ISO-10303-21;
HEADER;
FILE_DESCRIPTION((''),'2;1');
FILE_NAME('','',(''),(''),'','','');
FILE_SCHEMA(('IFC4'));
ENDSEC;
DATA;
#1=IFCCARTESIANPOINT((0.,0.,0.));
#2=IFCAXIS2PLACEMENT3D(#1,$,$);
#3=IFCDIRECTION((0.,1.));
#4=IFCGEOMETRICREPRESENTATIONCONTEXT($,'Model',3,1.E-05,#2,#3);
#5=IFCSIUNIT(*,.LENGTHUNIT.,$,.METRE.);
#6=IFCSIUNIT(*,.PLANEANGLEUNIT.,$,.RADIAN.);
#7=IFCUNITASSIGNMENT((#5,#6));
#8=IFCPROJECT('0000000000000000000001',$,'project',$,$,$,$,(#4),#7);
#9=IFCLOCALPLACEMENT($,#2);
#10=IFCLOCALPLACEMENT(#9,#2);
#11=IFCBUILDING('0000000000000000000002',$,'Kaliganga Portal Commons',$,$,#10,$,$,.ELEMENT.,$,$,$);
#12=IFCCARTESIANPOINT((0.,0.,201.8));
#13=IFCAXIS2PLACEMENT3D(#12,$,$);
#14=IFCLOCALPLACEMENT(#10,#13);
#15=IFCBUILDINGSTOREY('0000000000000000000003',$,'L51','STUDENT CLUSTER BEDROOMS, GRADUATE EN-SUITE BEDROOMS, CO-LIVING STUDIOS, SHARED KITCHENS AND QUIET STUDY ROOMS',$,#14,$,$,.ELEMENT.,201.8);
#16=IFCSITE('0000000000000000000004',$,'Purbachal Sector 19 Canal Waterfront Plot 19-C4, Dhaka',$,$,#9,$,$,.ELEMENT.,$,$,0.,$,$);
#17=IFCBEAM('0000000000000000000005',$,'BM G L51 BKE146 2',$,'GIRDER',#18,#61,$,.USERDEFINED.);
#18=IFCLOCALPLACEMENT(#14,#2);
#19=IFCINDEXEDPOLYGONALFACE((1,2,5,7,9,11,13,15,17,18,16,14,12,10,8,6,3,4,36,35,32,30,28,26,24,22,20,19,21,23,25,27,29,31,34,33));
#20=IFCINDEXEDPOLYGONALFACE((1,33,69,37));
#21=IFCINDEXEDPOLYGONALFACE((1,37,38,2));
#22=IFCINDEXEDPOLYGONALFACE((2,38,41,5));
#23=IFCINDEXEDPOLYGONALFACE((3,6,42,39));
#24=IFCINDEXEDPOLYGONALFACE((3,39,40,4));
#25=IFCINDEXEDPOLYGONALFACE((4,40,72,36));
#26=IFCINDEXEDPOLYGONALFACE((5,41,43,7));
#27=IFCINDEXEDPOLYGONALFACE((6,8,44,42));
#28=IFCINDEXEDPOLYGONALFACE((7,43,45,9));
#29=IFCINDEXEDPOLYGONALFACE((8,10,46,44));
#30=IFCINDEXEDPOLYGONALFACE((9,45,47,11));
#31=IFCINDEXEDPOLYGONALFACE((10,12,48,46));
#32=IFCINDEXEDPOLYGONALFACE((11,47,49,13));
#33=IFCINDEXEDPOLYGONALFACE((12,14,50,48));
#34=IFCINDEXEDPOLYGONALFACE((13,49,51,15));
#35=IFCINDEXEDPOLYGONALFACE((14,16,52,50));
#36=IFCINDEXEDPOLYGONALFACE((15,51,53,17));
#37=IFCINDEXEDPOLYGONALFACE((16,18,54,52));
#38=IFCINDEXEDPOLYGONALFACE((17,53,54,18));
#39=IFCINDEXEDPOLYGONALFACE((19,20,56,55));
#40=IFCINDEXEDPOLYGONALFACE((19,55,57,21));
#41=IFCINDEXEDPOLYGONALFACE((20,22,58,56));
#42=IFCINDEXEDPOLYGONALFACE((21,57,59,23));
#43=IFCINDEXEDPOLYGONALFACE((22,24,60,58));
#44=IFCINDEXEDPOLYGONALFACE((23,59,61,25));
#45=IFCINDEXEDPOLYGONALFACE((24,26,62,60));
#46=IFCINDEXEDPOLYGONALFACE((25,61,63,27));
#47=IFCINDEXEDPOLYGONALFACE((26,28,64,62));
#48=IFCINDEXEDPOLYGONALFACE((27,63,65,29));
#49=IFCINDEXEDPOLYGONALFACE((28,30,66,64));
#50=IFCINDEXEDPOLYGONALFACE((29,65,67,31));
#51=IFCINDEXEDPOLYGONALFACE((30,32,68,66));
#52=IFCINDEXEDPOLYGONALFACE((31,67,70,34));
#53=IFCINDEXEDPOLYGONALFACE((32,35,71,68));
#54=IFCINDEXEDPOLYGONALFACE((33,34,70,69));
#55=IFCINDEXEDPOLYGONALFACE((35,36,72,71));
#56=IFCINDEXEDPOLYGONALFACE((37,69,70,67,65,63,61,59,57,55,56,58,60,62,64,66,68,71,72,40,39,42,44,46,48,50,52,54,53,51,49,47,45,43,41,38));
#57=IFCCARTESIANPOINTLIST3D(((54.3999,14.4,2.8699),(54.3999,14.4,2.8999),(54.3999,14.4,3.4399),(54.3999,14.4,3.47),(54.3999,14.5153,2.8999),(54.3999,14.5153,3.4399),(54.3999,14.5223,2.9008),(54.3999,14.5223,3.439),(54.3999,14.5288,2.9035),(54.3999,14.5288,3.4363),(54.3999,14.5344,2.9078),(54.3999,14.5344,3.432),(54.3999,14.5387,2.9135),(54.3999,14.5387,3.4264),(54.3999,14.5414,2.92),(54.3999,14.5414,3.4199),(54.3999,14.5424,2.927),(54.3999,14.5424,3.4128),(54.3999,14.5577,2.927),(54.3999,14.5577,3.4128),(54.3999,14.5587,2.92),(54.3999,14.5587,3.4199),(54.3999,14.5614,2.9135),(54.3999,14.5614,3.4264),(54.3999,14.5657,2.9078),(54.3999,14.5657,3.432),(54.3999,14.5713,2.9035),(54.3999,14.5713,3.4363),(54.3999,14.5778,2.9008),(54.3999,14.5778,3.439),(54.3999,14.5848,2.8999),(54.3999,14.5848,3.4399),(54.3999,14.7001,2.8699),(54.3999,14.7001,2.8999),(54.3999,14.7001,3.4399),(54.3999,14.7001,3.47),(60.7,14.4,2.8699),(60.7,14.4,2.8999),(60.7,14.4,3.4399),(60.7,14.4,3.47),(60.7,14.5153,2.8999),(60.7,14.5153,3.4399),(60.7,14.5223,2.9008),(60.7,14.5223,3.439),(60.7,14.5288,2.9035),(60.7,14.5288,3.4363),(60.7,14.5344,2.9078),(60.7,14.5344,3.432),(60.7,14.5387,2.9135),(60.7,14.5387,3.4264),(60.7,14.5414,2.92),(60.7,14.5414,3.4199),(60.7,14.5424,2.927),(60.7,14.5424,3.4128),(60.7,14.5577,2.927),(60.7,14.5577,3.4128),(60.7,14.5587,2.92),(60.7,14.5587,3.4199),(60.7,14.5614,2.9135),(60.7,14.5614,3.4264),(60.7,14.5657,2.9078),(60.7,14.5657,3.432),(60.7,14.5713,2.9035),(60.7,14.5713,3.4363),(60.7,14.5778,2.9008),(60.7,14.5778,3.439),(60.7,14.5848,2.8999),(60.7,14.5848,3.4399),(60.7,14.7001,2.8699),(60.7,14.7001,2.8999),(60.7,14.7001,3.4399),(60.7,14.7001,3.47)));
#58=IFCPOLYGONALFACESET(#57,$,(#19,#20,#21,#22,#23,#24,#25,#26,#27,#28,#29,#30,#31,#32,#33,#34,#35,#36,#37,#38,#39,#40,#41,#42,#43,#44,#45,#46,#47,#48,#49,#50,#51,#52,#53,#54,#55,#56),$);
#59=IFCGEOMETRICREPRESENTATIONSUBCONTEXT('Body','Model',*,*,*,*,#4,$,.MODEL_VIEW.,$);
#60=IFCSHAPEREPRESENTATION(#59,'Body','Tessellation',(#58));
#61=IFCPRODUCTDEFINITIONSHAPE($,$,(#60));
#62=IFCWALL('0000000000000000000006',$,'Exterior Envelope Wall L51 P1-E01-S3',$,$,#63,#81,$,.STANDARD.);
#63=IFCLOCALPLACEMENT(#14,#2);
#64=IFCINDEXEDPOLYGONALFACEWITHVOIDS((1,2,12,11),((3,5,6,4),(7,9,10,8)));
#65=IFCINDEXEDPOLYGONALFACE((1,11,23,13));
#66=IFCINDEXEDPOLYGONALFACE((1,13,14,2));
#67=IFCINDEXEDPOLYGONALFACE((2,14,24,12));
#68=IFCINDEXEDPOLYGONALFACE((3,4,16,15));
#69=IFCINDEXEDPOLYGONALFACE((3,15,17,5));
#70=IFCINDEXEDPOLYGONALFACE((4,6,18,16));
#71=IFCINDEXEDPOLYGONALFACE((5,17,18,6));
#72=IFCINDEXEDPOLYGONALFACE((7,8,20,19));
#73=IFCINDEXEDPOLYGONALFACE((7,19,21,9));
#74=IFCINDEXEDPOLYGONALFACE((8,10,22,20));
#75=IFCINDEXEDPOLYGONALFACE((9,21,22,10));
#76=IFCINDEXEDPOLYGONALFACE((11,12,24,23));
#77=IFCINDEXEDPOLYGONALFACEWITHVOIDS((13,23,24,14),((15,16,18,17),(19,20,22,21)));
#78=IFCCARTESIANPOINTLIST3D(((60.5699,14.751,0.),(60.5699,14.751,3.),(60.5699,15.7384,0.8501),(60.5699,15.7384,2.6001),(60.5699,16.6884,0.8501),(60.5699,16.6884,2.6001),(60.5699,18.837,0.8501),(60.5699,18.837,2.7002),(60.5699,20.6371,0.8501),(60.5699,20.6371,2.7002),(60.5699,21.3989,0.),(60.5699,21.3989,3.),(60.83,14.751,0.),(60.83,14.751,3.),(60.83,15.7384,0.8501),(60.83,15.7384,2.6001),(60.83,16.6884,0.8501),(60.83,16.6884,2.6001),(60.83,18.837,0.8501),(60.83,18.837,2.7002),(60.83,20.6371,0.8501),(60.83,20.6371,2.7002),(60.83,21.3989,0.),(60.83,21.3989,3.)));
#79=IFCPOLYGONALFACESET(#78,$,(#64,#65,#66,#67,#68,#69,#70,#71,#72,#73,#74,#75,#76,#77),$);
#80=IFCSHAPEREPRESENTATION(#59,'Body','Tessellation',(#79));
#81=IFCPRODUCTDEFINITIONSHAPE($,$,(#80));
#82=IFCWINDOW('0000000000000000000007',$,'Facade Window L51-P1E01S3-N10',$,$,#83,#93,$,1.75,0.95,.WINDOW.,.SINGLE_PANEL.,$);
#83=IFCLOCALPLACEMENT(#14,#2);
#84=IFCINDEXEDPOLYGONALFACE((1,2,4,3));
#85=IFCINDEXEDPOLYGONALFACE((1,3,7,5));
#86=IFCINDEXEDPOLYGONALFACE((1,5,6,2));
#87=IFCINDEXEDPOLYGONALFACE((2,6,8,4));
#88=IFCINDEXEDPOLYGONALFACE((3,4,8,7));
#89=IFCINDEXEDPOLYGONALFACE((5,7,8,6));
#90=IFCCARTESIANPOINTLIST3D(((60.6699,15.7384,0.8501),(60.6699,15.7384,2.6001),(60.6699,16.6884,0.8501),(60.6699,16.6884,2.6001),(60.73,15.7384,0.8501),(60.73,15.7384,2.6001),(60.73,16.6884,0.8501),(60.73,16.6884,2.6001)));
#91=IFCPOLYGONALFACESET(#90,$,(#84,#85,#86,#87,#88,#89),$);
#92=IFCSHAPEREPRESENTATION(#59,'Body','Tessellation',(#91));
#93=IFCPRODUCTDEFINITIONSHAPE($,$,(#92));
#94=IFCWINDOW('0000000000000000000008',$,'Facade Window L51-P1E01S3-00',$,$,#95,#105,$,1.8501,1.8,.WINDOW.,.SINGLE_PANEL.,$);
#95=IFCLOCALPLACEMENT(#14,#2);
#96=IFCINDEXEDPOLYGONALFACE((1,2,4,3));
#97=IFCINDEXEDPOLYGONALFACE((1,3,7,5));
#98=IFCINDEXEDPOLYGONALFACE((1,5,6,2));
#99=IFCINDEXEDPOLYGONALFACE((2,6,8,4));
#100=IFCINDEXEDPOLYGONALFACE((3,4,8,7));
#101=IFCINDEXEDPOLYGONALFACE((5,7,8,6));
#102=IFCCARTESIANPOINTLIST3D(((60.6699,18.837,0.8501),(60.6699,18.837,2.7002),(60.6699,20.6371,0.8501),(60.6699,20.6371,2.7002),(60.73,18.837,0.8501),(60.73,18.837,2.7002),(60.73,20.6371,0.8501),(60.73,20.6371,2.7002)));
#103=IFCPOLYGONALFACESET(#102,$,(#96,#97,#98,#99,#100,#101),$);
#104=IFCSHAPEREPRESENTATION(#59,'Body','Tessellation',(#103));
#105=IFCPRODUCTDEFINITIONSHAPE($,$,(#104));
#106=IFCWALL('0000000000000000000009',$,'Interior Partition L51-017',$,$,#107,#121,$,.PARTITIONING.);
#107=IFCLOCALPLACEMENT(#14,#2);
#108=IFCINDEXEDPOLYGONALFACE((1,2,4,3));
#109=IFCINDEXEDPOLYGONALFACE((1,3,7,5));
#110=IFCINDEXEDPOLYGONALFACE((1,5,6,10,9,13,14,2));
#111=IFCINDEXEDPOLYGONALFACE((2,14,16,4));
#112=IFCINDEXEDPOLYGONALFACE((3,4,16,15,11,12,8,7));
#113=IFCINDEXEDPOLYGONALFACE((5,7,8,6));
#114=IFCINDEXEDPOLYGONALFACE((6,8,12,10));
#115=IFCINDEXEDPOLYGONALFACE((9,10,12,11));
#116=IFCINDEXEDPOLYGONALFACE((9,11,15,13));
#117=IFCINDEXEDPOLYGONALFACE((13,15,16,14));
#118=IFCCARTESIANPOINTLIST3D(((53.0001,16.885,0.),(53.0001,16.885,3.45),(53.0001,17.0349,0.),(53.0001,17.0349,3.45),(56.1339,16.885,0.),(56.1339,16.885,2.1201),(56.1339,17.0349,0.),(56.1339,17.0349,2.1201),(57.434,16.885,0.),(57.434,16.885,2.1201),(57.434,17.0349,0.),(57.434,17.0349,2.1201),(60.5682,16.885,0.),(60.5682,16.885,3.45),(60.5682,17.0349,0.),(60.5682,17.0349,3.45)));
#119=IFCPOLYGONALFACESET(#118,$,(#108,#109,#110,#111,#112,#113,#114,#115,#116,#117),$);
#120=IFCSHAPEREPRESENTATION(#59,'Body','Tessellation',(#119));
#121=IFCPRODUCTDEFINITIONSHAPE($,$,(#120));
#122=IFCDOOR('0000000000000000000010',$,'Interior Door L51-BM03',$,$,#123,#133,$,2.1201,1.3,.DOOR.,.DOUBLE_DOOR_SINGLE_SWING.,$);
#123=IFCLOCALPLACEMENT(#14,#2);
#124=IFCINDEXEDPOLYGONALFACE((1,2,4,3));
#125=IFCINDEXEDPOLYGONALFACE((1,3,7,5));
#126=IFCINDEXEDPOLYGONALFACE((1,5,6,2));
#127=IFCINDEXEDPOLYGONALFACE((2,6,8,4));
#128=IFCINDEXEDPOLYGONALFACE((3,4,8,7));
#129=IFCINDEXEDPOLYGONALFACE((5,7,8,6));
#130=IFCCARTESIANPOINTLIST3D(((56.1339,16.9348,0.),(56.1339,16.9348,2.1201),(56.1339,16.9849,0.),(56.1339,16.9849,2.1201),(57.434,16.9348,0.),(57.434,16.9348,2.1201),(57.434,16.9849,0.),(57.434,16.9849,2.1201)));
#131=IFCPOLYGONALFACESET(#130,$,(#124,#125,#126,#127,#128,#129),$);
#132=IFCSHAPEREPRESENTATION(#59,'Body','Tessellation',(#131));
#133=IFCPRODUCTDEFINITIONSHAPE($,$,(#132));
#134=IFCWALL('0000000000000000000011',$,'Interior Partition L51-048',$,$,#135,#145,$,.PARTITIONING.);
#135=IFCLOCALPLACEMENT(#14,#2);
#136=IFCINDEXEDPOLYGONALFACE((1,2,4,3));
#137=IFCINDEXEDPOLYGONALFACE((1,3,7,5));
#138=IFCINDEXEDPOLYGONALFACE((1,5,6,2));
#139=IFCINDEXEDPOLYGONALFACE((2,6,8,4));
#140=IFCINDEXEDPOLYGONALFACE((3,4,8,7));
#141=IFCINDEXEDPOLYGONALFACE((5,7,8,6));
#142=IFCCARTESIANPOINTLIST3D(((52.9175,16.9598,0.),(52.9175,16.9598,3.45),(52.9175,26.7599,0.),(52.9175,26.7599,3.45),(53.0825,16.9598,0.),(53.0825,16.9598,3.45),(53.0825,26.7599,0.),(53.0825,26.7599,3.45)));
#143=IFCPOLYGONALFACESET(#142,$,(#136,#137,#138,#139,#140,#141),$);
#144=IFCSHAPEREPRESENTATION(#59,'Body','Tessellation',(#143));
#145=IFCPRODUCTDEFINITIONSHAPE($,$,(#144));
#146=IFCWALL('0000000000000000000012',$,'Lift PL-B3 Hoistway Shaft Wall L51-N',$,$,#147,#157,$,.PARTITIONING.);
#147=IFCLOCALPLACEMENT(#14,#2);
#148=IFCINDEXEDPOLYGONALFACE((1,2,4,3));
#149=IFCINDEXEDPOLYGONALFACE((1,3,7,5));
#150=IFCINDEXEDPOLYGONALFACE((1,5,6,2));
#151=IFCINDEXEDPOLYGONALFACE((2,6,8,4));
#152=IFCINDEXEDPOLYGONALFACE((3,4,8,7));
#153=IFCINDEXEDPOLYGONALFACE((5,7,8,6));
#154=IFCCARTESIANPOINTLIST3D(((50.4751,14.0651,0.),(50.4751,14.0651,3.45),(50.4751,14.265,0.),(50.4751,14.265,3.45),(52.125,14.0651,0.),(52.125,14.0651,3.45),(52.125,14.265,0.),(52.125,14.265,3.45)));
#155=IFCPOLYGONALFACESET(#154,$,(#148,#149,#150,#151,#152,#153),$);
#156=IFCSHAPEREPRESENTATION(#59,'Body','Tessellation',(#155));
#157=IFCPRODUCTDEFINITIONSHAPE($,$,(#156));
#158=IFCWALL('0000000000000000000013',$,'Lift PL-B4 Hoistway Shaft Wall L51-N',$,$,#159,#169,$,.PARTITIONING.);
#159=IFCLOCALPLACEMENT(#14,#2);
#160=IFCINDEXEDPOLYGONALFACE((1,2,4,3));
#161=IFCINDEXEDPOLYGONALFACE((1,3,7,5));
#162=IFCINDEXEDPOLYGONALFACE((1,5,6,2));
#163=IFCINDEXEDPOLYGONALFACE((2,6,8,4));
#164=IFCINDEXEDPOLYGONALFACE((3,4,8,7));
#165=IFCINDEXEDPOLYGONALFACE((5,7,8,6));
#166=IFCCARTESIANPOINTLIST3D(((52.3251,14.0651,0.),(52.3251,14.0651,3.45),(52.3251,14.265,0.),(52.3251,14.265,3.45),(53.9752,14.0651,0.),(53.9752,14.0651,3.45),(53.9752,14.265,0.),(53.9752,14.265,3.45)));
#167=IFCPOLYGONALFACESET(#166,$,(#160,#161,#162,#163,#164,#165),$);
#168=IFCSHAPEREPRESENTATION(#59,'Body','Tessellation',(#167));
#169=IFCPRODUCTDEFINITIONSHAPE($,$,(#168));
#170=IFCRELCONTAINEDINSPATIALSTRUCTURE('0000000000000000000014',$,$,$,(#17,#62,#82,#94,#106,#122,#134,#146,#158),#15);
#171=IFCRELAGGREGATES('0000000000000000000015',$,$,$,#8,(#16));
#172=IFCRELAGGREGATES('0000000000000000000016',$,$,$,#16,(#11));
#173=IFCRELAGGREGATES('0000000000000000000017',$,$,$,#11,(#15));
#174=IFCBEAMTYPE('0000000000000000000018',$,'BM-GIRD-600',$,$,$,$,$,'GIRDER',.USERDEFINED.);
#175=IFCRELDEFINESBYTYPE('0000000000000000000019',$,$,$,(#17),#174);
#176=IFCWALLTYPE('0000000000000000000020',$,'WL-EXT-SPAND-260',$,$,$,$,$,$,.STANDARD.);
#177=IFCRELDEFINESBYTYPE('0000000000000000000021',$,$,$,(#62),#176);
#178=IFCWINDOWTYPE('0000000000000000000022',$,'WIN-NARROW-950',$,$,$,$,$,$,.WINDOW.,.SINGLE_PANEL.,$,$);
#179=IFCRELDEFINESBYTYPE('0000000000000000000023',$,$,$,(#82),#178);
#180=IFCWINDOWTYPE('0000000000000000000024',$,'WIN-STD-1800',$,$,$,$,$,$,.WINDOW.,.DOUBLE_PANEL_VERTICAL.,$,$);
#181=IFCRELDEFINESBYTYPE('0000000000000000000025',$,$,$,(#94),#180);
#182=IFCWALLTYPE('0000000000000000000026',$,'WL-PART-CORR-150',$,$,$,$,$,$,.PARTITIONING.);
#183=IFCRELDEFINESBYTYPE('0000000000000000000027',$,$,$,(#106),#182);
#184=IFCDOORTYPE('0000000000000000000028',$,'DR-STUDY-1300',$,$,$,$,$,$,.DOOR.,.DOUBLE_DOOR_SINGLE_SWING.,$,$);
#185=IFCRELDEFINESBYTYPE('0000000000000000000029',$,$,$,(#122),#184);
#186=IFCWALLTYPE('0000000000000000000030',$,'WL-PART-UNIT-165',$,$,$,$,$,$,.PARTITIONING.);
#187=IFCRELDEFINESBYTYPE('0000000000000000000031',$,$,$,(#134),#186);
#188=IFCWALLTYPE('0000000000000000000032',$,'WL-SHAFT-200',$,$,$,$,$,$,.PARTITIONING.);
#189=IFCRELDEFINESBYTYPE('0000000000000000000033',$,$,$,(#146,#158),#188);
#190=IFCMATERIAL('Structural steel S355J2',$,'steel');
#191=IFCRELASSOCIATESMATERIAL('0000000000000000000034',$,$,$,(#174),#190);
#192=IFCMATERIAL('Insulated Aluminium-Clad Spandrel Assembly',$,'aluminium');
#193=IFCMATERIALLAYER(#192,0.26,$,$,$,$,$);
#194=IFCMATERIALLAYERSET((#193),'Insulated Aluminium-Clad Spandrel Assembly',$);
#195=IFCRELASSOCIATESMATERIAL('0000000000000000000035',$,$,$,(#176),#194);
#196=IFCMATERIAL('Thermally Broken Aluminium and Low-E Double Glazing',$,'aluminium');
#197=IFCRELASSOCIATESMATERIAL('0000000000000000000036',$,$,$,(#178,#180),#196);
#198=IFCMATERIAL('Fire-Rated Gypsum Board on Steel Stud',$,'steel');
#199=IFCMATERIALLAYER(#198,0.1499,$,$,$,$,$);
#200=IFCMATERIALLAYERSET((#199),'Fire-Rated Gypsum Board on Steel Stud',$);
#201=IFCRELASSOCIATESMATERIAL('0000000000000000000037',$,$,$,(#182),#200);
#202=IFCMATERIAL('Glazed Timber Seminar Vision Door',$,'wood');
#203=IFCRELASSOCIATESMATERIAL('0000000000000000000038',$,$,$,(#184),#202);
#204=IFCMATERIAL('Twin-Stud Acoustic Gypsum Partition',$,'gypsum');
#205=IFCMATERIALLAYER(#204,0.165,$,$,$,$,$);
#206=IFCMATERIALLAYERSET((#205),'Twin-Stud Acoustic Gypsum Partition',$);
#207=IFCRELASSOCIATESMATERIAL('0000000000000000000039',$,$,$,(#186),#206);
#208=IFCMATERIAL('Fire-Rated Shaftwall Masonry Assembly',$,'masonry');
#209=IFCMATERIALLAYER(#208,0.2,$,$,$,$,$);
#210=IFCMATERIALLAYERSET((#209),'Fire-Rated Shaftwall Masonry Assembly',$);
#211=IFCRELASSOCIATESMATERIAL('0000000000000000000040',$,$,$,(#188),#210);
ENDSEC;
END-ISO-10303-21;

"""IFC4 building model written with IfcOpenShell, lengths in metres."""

from ifc_helpers import new_model, si_unit, direction, frame, frame_2d, origin, origin_2d, place, context, subcontext, project, spatial, rectangle, i_section, extrude, source, transform, mapped, material, layer, layer_set, material_profile, profile_set, type_object, element, fill, save


model = new_model("IFC4")

# Units and contexts
model_context = context("Model", 3, precision=1e-05, world=origin(), true_north=direction((0.0, 1.0)))
body_context = subcontext(model_context, "Body", "Model", "MODEL_VIEW")
ifc_project = project(units=[si_unit("LENGTHUNIT", "METRE"), si_unit("PLANEANGLEUNIT", "RADIAN")], contexts=[model_context])

# Site, building, storey
site_placement = place(None, origin())
site = spatial("IfcSite", under=ifc_project, at=site_placement, Name="Purbachal Sector 19 Canal Waterfront Plot 19-C4, Dhaka", CompositionType="ELEMENT", RefElevation=0.0)
building_placement = place(site_placement, origin())
building = spatial("IfcBuilding", under=site, at=building_placement, Name="Kaliganga Portal Commons", CompositionType="ELEMENT")
storey_placement = place(building_placement, frame((0.0, 0.0, 201.8)))
storey = spatial("IfcBuildingStorey", under=building, at=storey_placement, Name="L51", Description="STUDENT CLUSTER BEDROOMS, GRADUATE EN-SUITE BEDROOMS, CO-LIVING STUDIOS, SHARED KITCHENS AND QUIET STUDY ROOMS", CompositionType="ELEMENT", Elevation=201.8)

# Shared definitions
ifc_material_1 = material(Name="Structural steel S355J2", Category="steel")

# Beam
ifc_material_profile_1 = material_profile(ifc_material_1, i_section(OverallWidth=0.3, OverallDepth=0.6001, WebThickness=0.0154, FlangeThickness=0.03, FilletRadius=0.0271, at=origin_2d()), Name="HE 600 B")
ifc_profile_set_1 = profile_set([ifc_material_profile_1], Name="Structural steel S355J2 wide-flange")
beam_type_1 = type_object("IfcBeamType", Name="BM-GIRD-600", ElementType="GIRDER", PredefinedType="USERDEFINED", material=ifc_profile_set_1)
shared_shape_1 = source(origin(), body_context, "Body", "SweptSolid", [
    extrude(i_section(OverallWidth=0.3, OverallDepth=0.6001, WebThickness=0.0154, FlangeThickness=0.03, FilletRadius=0.0271, at=origin_2d()), origin(), (0.0, 0.0, 1.0), 6.3),
])
beam_1_placement = place(storey_placement, frame((54.3999, 14.55, 3.1699), z_axis=(1.0, 0.0, 0.0), x_axis=(0.0, 1.0, 0.0)))
element("IfcBeam", 1, at=beam_1_placement, inside=storey, type_object=beam_type_1, Name="BM G L51 BKE146 2", ObjectType="GIRDER", PredefinedType="USERDEFINED", context=body_context, shape_type="MappedRepresentation", body=[
    mapped(shared_shape_1, transform((0.0, 0.0, 0.0), x_axis=(1.0, 0.0, 0.0), y_axis=(0.0, 1.0, 0.0), z_axis=(0.0, 0.0, 1.0), scale=1.0)),
])

# Shared definitions
ifc_material_2 = material(Name="Insulated Aluminium-Clad Spandrel Assembly", Category="aluminium")
ifc_layer_1 = layer(ifc_material_2, 0.26)
ifc_layer_set_1 = layer_set([ifc_layer_1], Name="Insulated Aluminium-Clad Spandrel Assembly")
wall_type_1 = type_object("IfcWallType", Name="WL-EXT-SPAND-260", PredefinedType="STANDARD", material=ifc_layer_set_1)

# Wall, openings, windows
wall_1_placement = place(storey_placement, frame((60.7, 21.3989, 0.0), z_axis=(0.0, 0.0, 1.0), x_axis=(0.0, -1.0, 0.0)))
wall_1 = element("IfcWall", 2, at=wall_1_placement, inside=storey, type_object=wall_type_1, Name="Exterior Envelope Wall L51 P1-E01-S3", PredefinedType="STANDARD", context=body_context, shape_type="SweptSolid", body=[
    extrude(rectangle(XDim=6.6479, YDim=0.26, at=frame_2d((3.324, 0.0))), origin(), (0.0, 0.0, 1.0), 3.0),
])
opening_1_placement = place(wall_1_placement, frame((0.762, 0.0, 0.8501)))
opening_1 = element("IfcOpeningElement", 3, at=opening_1_placement, cuts=wall_1, PredefinedType="OPENING", context=body_context, shape_type="SweptSolid", body=[
    extrude(rectangle(XDim=1.8, YDim=1.8501, at=frame_2d((0.8999, 0.925))), frame((0.0, 0.1401, 0.0), z_axis=(0.0, -1.0, 0.0), x_axis=(1.0, 0.0, 0.0)), (0.0, 0.0, 1.0), 0.28),
])
opening_2_placement = place(wall_1_placement, frame((4.7104, 0.0, 0.8501)))
opening_2 = element("IfcOpeningElement", 4, at=opening_2_placement, cuts=wall_1, PredefinedType="OPENING", context=body_context, shape_type="SweptSolid", body=[
    extrude(rectangle(XDim=0.95, YDim=1.75, at=frame_2d((0.4751, 0.875))), frame((0.0, 0.1401, 0.0), z_axis=(0.0, -1.0, 0.0), x_axis=(1.0, 0.0, 0.0)), (0.0, 0.0, 1.0), 0.28),
])
ifc_material_3 = material(Name="Thermally Broken Aluminium and Low-E Double Glazing", Category="aluminium")
window_type_1 = type_object("IfcWindowType", Name="WIN-NARROW-950", PartitioningType="SINGLE_PANEL", PredefinedType="WINDOW", material=ifc_material_3)
window_1_placement = place(opening_2_placement, origin())
window_1 = element("IfcWindow", 5, at=window_1_placement, inside=storey, type_object=window_type_1, Name="Facade Window L51-P1E01S3-N10", OverallHeight=1.75, OverallWidth=0.95, PartitioningType="SINGLE_PANEL", PredefinedType="WINDOW", context=body_context, shape_type="SweptSolid", body=[
    extrude(rectangle(XDim=0.95, YDim=1.75, at=frame_2d((0.4751, 0.875))), frame((0.0, 0.03, 0.0), z_axis=(0.0, -1.0, 0.0), x_axis=(1.0, 0.0, 0.0)), (0.0, 0.0, 1.0), 0.0601),
])
fill(opening_2, window_1)
window_type_2 = type_object("IfcWindowType", Name="WIN-STD-1800", PartitioningType="DOUBLE_PANEL_VERTICAL", PredefinedType="WINDOW", material=ifc_material_3)
window_2_placement = place(opening_1_placement, origin())
window_2 = element("IfcWindow", 6, at=window_2_placement, inside=storey, type_object=window_type_2, Name="Facade Window L51-P1E01S3-00", OverallHeight=1.8501, OverallWidth=1.8, PartitioningType="SINGLE_PANEL", PredefinedType="WINDOW", context=body_context, shape_type="SweptSolid", body=[
    extrude(rectangle(XDim=1.8, YDim=1.8501, at=frame_2d((0.8999, 0.925))), frame((0.0, 0.03, 0.0), z_axis=(0.0, -1.0, 0.0), x_axis=(1.0, 0.0, 0.0)), (0.0, 0.0, 1.0), 0.0601),
])
fill(opening_1, window_2)

# Wall, opening, door
ifc_material_4 = material(Name="Fire-Rated Gypsum Board on Steel Stud", Category="steel")
ifc_layer_2 = layer(ifc_material_4, 0.1499)
ifc_layer_set_2 = layer_set([ifc_layer_2], Name="Fire-Rated Gypsum Board on Steel Stud")
wall_type_2 = type_object("IfcWallType", Name="WL-PART-CORR-150", PredefinedType="PARTITIONING", material=ifc_layer_set_2)
wall_2_placement = place(storey_placement, frame((53.0, 16.96, 0.0), z_axis=(0.0, 0.0, 1.0), x_axis=(1.0, 0.0, 0.0)))
wall_2 = element("IfcWall", 7, at=wall_2_placement, inside=storey, type_object=wall_type_2, Name="Interior Partition L51-017", PredefinedType="PARTITIONING", context=body_context, shape_type="SweptSolid", body=[
    extrude(rectangle(XDim=7.5681, YDim=0.1499, at=frame_2d((3.7842, 0.0))), origin(), (0.0, 0.0, 1.0), 3.45),
])
opening_3_placement = place(wall_2_placement, frame((3.134, 0.0, 0.0)))
opening_3 = element("IfcOpeningElement", 8, at=opening_3_placement, cuts=wall_2, PredefinedType="OPENING", context=body_context, shape_type="SweptSolid", body=[
    extrude(rectangle(XDim=1.3, YDim=2.1201, at=frame_2d((0.6499, 1.0601))), frame((0.0, 0.085, 0.0), z_axis=(0.0, -1.0, 0.0), x_axis=(1.0, 0.0, 0.0)), (0.0, 0.0, 1.0), 0.1699),
])
ifc_material_5 = material(Name="Glazed Timber Seminar Vision Door", Category="wood")
door_type_1 = type_object("IfcDoorType", Name="DR-STUDY-1300", OperationType="DOUBLE_DOOR_SINGLE_SWING", PredefinedType="DOOR", material=ifc_material_5)
door_1_placement = place(opening_3_placement, origin())
door_1 = element("IfcDoor", 9, at=door_1_placement, inside=storey, type_object=door_type_1, Name="Interior Door L51-BM03", OperationType="DOUBLE_DOOR_SINGLE_SWING", OverallHeight=2.1201, OverallWidth=1.3, PredefinedType="DOOR", context=body_context, shape_type="SweptSolid", body=[
    extrude(rectangle(XDim=1.3, YDim=2.1201, at=frame_2d((0.6499, 1.0601))), frame((0.0, 0.0249, 0.0), z_axis=(0.0, -1.0, 0.0), x_axis=(1.0, 0.0, 0.0)), (0.0, 0.0, 1.0), 0.05),
])
fill(opening_3, door_1)

# Walls
ifc_material_6 = material(Name="Twin-Stud Acoustic Gypsum Partition", Category="gypsum")
ifc_layer_3 = layer(ifc_material_6, 0.165)
ifc_layer_set_3 = layer_set([ifc_layer_3], Name="Twin-Stud Acoustic Gypsum Partition")
wall_type_3 = type_object("IfcWallType", Name="WL-PART-UNIT-165", PredefinedType="PARTITIONING", material=ifc_layer_set_3)
wall_3_placement = place(storey_placement, frame((53.0, 16.96, 0.0), z_axis=(0.0, 0.0, 1.0), x_axis=(0.0, 1.0, 0.0)))
element("IfcWall", 10, at=wall_3_placement, inside=storey, type_object=wall_type_3, Name="Interior Partition L51-048", PredefinedType="PARTITIONING", context=body_context, shape_type="SweptSolid", body=[
    extrude(rectangle(XDim=9.8, YDim=0.165, at=frame_2d((4.8999, 0.0))), origin(), (0.0, 0.0, 1.0), 3.45),
])
ifc_material_7 = material(Name="Fire-Rated Shaftwall Masonry Assembly", Category="masonry")
ifc_layer_4 = layer(ifc_material_7, 0.2)
ifc_layer_set_4 = layer_set([ifc_layer_4], Name="Fire-Rated Shaftwall Masonry Assembly")
wall_type_4 = type_object("IfcWallType", Name="WL-SHAFT-200", PredefinedType="PARTITIONING", material=ifc_layer_set_4)
wall_4_placement = place(storey_placement, frame((50.4751, 14.165, 0.0), z_axis=(0.0, 0.0, 1.0), x_axis=(1.0, 0.0, 0.0)))
element("IfcWall", 11, at=wall_4_placement, inside=storey, type_object=wall_type_4, Name="Lift PL-B3 Hoistway Shaft Wall L51-N", PredefinedType="PARTITIONING", context=body_context, shape_type="SweptSolid", body=[
    extrude(rectangle(XDim=1.6499, YDim=0.2, at=frame_2d((0.825, 0.0))), origin(), (0.0, 0.0, 1.0), 3.45),
])
wall_5_placement = place(storey_placement, frame((52.325, 14.165, 0.0), z_axis=(0.0, 0.0, 1.0), x_axis=(1.0, 0.0, 0.0)))
element("IfcWall", 12, at=wall_5_placement, inside=storey, type_object=wall_type_4, Name="Lift PL-B4 Hoistway Shaft Wall L51-N", PredefinedType="PARTITIONING", context=body_context, shape_type="SweptSolid", body=[
    extrude(rectangle(XDim=1.6501, YDim=0.2, at=frame_2d((0.8252, 0.0))), origin(), (0.0, 0.0, 1.0), 3.45),
])

save(model, "model.ifc")
